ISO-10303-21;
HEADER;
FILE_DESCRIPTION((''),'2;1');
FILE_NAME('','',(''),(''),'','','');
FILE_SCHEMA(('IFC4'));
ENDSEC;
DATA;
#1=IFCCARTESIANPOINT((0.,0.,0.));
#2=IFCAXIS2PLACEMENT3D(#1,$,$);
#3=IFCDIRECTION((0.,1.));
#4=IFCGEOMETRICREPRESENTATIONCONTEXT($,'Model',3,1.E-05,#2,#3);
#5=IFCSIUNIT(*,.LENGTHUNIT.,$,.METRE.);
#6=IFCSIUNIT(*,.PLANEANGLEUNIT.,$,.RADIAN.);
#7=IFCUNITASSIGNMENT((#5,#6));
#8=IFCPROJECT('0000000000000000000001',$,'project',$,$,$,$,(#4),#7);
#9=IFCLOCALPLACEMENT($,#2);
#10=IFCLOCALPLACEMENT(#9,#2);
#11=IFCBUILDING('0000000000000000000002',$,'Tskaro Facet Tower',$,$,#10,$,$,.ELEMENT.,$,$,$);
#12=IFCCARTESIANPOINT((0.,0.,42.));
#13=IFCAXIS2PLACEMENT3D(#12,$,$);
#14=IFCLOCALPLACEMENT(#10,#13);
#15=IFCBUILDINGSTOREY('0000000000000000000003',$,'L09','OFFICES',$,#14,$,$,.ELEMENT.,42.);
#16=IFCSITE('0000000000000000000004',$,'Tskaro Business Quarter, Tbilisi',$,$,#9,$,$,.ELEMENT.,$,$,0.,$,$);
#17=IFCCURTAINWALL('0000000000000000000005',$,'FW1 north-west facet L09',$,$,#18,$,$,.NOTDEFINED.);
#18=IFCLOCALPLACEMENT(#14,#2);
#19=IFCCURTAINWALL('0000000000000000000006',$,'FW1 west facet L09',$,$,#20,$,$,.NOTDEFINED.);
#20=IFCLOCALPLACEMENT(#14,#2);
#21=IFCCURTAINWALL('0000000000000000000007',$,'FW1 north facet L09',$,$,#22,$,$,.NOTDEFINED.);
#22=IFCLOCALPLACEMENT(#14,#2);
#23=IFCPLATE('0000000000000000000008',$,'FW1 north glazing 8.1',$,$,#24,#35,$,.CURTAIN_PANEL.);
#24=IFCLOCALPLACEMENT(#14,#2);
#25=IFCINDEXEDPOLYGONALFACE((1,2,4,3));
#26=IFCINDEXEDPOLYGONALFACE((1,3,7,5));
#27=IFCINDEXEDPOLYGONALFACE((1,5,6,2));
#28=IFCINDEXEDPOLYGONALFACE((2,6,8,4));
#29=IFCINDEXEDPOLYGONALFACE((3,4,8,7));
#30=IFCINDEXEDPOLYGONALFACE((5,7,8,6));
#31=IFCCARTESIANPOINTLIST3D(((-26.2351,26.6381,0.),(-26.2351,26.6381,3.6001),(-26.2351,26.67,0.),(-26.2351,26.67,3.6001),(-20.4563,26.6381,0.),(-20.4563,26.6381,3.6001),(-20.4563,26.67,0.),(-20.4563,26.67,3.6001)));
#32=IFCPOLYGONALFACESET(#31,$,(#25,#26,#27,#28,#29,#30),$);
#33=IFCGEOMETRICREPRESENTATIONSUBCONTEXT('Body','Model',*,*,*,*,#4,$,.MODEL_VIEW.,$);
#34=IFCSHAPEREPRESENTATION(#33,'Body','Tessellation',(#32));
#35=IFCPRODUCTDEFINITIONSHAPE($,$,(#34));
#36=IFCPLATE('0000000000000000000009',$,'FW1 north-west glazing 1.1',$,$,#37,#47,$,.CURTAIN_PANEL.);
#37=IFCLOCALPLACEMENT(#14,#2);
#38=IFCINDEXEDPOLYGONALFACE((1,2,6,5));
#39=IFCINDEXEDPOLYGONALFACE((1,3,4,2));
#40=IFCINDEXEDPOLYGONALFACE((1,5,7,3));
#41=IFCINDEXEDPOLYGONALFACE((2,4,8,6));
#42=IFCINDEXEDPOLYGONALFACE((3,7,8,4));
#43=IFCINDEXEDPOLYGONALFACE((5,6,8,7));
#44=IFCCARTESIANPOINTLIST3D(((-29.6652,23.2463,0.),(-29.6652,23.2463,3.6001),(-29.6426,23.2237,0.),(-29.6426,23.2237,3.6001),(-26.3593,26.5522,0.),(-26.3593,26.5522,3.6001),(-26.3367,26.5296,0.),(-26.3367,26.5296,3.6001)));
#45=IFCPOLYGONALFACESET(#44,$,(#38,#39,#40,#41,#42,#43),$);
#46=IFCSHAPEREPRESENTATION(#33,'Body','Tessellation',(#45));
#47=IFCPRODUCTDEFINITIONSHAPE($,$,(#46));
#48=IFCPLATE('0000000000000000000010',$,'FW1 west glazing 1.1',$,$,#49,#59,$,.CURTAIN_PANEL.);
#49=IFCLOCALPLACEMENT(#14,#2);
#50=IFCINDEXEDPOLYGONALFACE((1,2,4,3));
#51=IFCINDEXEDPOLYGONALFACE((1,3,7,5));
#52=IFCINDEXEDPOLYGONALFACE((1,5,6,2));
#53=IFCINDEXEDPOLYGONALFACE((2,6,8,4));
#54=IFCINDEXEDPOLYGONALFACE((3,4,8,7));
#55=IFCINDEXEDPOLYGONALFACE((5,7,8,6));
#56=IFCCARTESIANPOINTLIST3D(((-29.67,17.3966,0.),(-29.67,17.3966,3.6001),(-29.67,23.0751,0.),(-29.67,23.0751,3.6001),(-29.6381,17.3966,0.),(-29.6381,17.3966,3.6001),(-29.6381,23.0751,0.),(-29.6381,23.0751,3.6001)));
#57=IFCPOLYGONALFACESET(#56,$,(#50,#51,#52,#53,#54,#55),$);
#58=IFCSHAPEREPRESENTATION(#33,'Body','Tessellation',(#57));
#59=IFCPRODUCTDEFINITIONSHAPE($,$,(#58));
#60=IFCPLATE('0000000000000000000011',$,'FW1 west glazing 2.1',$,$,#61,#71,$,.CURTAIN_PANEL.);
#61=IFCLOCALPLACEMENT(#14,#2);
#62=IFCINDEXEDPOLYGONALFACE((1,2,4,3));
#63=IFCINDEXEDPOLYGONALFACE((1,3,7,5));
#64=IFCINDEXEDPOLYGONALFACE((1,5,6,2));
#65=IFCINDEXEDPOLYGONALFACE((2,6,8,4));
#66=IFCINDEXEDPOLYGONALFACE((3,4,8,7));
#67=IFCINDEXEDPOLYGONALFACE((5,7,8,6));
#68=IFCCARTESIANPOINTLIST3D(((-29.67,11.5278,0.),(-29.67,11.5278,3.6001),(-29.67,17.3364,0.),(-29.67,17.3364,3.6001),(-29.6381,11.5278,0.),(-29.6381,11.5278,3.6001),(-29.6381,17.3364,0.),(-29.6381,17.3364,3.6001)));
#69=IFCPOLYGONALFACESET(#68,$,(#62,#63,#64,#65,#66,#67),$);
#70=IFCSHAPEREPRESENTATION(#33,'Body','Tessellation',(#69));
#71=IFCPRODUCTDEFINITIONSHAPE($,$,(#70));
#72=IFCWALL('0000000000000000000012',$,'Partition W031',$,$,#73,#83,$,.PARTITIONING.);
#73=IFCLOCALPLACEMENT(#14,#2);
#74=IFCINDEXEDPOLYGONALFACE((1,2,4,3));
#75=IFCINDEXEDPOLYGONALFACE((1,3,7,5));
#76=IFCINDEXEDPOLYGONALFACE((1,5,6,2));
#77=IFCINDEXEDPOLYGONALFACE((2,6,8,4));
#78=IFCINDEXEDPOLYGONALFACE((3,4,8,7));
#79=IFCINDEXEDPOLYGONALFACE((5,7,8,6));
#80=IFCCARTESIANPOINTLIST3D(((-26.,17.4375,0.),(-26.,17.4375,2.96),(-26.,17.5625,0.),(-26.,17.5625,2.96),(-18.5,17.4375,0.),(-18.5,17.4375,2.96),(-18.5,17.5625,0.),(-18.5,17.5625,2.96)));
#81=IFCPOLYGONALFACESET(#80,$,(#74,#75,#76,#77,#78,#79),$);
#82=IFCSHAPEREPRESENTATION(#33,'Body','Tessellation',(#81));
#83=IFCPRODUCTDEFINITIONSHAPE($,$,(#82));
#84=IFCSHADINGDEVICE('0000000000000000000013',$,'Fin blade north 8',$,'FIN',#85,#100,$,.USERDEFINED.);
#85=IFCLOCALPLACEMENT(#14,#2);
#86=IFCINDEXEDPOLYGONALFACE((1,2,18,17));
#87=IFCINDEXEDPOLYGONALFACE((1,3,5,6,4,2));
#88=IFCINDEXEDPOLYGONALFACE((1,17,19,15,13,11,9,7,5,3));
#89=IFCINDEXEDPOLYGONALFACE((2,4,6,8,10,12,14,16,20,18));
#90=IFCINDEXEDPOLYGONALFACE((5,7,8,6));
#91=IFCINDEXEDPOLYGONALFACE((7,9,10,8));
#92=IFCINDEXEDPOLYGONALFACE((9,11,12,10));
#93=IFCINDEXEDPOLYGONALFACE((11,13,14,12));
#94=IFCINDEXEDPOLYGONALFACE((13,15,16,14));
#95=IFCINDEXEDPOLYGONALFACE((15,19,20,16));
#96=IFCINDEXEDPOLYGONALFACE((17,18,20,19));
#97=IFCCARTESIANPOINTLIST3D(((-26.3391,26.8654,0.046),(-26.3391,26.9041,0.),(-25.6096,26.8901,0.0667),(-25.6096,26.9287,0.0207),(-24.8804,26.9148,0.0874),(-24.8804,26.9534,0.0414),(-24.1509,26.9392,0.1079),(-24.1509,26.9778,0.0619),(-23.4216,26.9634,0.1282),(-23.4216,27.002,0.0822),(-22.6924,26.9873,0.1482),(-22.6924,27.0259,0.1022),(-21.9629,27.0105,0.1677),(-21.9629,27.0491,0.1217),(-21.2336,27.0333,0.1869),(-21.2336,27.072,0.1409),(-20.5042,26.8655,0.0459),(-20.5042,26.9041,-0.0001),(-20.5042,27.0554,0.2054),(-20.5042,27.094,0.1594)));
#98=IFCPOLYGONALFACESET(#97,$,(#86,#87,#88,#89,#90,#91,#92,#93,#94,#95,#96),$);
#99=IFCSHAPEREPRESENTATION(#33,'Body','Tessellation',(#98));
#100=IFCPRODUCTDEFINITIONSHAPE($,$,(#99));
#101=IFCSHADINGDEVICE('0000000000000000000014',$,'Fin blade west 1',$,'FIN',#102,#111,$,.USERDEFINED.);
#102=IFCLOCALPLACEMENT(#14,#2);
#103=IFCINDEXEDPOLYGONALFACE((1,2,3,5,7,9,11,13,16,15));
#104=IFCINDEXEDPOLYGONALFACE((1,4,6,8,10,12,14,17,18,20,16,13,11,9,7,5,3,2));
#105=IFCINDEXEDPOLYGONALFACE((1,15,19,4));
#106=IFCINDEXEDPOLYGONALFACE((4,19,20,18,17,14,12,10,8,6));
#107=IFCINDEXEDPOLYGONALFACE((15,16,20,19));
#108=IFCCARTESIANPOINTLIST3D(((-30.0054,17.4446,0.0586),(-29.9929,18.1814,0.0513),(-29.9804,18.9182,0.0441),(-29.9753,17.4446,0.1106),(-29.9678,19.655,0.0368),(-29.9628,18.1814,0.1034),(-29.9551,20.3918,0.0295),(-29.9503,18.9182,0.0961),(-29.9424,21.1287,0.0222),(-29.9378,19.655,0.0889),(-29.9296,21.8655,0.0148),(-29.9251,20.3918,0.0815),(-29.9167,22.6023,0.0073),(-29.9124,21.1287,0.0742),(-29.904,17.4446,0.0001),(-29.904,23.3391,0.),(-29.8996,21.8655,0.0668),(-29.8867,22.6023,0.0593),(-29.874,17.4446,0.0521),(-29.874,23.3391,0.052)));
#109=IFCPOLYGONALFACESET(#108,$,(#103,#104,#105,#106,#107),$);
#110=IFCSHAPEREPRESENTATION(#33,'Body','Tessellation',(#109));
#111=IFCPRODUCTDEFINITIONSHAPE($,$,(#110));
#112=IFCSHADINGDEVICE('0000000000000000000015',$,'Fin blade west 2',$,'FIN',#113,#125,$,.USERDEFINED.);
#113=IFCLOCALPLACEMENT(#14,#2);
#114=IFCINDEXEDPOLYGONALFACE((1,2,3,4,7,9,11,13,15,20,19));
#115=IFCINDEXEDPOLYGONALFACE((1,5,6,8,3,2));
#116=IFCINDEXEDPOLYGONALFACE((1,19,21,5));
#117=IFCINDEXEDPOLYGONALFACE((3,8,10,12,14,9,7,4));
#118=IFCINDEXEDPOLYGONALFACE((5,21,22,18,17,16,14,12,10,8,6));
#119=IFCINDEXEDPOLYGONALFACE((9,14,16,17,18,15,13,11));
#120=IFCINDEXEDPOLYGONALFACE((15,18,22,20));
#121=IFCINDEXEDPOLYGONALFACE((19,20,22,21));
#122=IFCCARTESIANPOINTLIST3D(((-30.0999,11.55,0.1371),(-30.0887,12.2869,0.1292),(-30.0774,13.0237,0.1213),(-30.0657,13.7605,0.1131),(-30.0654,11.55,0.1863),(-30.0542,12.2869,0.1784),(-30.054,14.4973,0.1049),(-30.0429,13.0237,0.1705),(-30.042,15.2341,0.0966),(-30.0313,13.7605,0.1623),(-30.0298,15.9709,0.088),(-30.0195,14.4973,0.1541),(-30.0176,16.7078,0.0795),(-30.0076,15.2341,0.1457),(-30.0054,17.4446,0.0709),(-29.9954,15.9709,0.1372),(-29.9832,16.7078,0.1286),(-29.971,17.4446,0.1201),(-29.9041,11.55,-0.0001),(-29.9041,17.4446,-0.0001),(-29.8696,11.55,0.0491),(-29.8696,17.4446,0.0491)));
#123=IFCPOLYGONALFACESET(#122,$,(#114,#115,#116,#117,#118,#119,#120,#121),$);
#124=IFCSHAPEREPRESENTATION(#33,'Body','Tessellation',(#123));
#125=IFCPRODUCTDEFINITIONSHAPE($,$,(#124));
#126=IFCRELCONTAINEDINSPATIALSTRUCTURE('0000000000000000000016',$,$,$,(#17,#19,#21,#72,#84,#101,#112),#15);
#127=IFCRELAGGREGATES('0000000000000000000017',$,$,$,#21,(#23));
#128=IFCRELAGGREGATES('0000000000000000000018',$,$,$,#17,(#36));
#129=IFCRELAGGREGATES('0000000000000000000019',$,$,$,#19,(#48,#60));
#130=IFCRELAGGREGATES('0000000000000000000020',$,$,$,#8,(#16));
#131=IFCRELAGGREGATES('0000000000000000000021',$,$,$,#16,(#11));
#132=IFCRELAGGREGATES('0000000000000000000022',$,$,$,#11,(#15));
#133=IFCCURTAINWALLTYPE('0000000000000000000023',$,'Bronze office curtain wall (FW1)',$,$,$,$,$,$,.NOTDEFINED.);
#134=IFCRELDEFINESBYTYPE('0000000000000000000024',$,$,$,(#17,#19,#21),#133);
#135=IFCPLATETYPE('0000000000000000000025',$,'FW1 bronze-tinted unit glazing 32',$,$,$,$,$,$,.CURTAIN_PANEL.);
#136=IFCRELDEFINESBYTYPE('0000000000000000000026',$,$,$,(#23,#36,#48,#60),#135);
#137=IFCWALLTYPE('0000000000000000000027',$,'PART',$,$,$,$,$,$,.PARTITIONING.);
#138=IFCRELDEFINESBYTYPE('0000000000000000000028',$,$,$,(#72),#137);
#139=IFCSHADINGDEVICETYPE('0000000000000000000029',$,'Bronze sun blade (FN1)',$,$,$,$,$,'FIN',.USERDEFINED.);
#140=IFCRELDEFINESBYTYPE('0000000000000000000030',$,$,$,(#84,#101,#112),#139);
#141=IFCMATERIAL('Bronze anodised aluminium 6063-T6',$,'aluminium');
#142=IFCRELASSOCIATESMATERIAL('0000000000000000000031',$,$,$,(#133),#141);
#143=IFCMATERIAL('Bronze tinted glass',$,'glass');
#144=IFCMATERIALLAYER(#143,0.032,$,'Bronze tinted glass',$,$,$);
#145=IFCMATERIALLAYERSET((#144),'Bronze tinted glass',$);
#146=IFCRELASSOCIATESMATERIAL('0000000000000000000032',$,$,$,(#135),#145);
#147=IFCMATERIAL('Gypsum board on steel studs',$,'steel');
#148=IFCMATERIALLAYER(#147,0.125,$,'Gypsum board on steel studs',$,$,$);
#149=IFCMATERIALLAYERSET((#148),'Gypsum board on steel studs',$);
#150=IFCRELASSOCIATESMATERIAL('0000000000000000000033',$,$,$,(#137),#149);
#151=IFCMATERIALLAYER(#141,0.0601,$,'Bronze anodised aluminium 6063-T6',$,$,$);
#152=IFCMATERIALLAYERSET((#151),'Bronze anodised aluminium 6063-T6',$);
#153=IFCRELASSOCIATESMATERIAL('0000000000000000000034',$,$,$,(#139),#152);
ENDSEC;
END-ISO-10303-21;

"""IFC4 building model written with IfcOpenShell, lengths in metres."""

from ifc_helpers import new_model, si_unit, direction, frame, frame_2d, origin, origin_2d, place, context, subcontext, project, spatial, polyline, rectangle, outline, extrude, material, layer, layer_set, type_object, element, aggregate, save


model = new_model("IFC4")

# Units and contexts
model_context = context("Model", 3, precision=1e-05, world=origin(), true_north=direction((0.0, 1.0)))
body_context = subcontext(model_context, "Body", "Model", "MODEL_VIEW")
ifc_project = project(units=[si_unit("LENGTHUNIT", "METRE"), si_unit("PLANEANGLEUNIT", "RADIAN")], contexts=[model_context])

# Site, building, storey
site_placement = place(None, origin())
site = spatial("IfcSite", under=ifc_project, at=site_placement, Name="Tskaro Business Quarter, Tbilisi", CompositionType="ELEMENT", RefElevation=0.0)
building_placement = place(site_placement, origin())
building = spatial("IfcBuilding", under=site, at=building_placement, Name="Tskaro Facet Tower", CompositionType="ELEMENT")
storey_placement = place(building_placement, frame((0.0, 0.0, 42.0)))
storey = spatial("IfcBuildingStorey", under=building, at=storey_placement, Name="L09", Description="OFFICES", CompositionType="ELEMENT", Elevation=42.0)

# Curtain walls
ifc_material_1 = material(Name="Bronze anodised aluminium 6063-T6", Category="aluminium")
curtain_wall_type = type_object("IfcCurtainWallType", Name="Bronze office curtain wall (FW1)", PredefinedType="NOTDEFINED", material=ifc_material_1)
curtain_wall_1_placement = place(storey_placement, origin())
curtain_wall_1 = element("IfcCurtainWall", 1, at=curtain_wall_1_placement, inside=storey, type_object=curtain_wall_type, Name="FW1 north-west facet L09", PredefinedType="NOTDEFINED")
curtain_wall_2_placement = place(storey_placement, origin())
curtain_wall_2 = element("IfcCurtainWall", 2, at=curtain_wall_2_placement, inside=storey, type_object=curtain_wall_type, Name="FW1 west facet L09", PredefinedType="NOTDEFINED")
curtain_wall_3_placement = place(storey_placement, origin())
curtain_wall_3 = element("IfcCurtainWall", 3, at=curtain_wall_3_placement, inside=storey, type_object=curtain_wall_type, Name="FW1 north facet L09", PredefinedType="NOTDEFINED")

# Plates
ifc_material_2 = material(Name="Bronze tinted glass", Category="glass")
ifc_layer_1 = layer(ifc_material_2, 0.032, Name="Bronze tinted glass")
ifc_layer_set_1 = layer_set([ifc_layer_1], Name="Bronze tinted glass")
plate_type = type_object("IfcPlateType", Name="FW1 bronze-tinted unit glazing 32", PredefinedType="CURTAIN_PANEL", material=ifc_layer_set_1)
plate_1_placement = place(storey_placement, frame((-23.3457, 26.6541, 0.0), z_axis=(0.0, 0.0, 1.0), x_axis=(-1.0, 0.0, 0.0)))
plate_1 = element("IfcPlate", 4, at=plate_1_placement, type_object=plate_type, Name="FW1 north glazing 8.1", PredefinedType="CURTAIN_PANEL", context=body_context, shape_type="SweptSolid", body=[
    extrude(rectangle(XDim=5.7788, YDim=0.032, at=origin_2d()), origin(), (0.0, 0.0, 1.0), 3.6001),
])
aggregate(curtain_wall_3, [plate_1])
plate_2_placement = place(storey_placement, frame((-28.001, 24.8879, 0.0), z_axis=(0.0, 0.0, 1.0), x_axis=(-0.707107, -0.707107, 0.0)))
plate_2 = element("IfcPlate", 5, at=plate_2_placement, type_object=plate_type, Name="FW1 north-west glazing 1.1", PredefinedType="CURTAIN_PANEL", context=body_context, shape_type="SweptSolid", body=[
    extrude(rectangle(XDim=4.6753, YDim=0.032, at=origin_2d()), origin(), (0.0, 0.0, 1.0), 3.6001),
])
aggregate(curtain_wall_1, [plate_2])
plate_3_placement = place(storey_placement, frame((-29.6541, 20.2358, 0.0), z_axis=(0.0, 0.0, 1.0), x_axis=(0.0, -1.0, 0.0)))
plate_3 = element("IfcPlate", 6, at=plate_3_placement, type_object=plate_type, Name="FW1 west glazing 1.1", PredefinedType="CURTAIN_PANEL", context=body_context, shape_type="SweptSolid", body=[
    extrude(rectangle(XDim=5.6785, YDim=0.032, at=origin_2d()), origin(), (0.0, 0.0, 1.0), 3.6001),
])
plate_4_placement = place(storey_placement, frame((-29.6541, 14.4321, 0.0), z_axis=(0.0, 0.0, 1.0), x_axis=(0.0, -1.0, 0.0)))
plate_4 = element("IfcPlate", 7, at=plate_4_placement, type_object=plate_type, Name="FW1 west glazing 2.1", PredefinedType="CURTAIN_PANEL", context=body_context, shape_type="SweptSolid", body=[
    extrude(rectangle(XDim=5.8086, YDim=0.032, at=origin_2d()), origin(), (0.0, 0.0, 1.0), 3.6001),
])
aggregate(curtain_wall_2, [plate_3, plate_4])

# Wall
ifc_material_3 = material(Name="Gypsum board on steel studs", Category="steel")
ifc_layer_2 = layer(ifc_material_3, 0.125, Name="Gypsum board on steel studs")
ifc_layer_set_2 = layer_set([ifc_layer_2], Name="Gypsum board on steel studs")
wall_type = type_object("IfcWallType", Name="PART", PredefinedType="PARTITIONING", material=ifc_layer_set_2)
wall_placement = place(storey_placement, frame((-26.0, 17.5, 0.0), z_axis=(0.0, 0.0, 1.0), x_axis=(1.0, 0.0, 0.0)))
element("IfcWall", 8, at=wall_placement, inside=storey, type_object=wall_type, Name="Partition W031", PredefinedType="PARTITIONING", context=body_context, shape_type="SweptSolid", body=[
    extrude(rectangle(XDim=7.5, YDim=0.125, at=frame_2d((3.75, 0.0))), origin(), (0.0, 0.0, 1.0), 2.96),
])

# Shading devices
ifc_layer_3 = layer(ifc_material_1, 0.0601, Name="Bronze anodised aluminium 6063-T6")
ifc_layer_set_3 = layer_set([ifc_layer_3], Name="Bronze anodised aluminium 6063-T6")
shading_device_type = type_object("IfcShadingDeviceType", Name="Bronze sun blade (FN1)", ElementType="FIN", PredefinedType="USERDEFINED", material=ifc_layer_set_3)
shading_device_1_placement = place(storey_placement, frame((-20.5042, 26.8655, 0.0459), z_axis=(0.000014, -0.643144, 0.765745), x_axis=(-1.0, -0.000009, 0.000011)))
element("IfcShadingDevice", 9, at=shading_device_1_placement, inside=storey, type_object=shading_device_type, Name="Fin blade north 8", ObjectType="FIN", PredefinedType="USERDEFINED", context=body_context, shape_type="SweptSolid", body=[
    extrude(outline(polyline([(0.0, 0.0), (5.835, 0.0), (5.1055, -0.0322), (4.3762, -0.0645), (3.6467, -0.0963), (2.9175, -0.1279), (2.1882, -0.1591), (1.4587, -0.1894), (0.7295, -0.2192), (0.0, -0.248), (0.0, 0.0)])), origin(), (0.0, 0.0, -1.0), 0.0601),
])
shading_device_2_placement = place(storey_placement, frame((-29.874, 23.3391, 0.052), z_axis=(0.49988, 0.000017, 0.866095), x_axis=(0.000009, -1.0, 0.000015)))
element("IfcShadingDevice", 10, at=shading_device_2_placement, inside=storey, type_object=shading_device_type, Name="Fin blade west 1", ObjectType="FIN", PredefinedType="USERDEFINED", context=body_context, shape_type="SweptSolid", body=[
    extrude(outline(polyline([(0.0, 0.0), (5.8945, 0.0), (5.8945, -0.117), (5.1577, -0.1026), (4.4209, -0.0882), (3.6841, -0.0736), (2.9473, -0.059), (2.2104, -0.0443), (1.4736, -0.0295), (0.7368, -0.0147), (0.0, 0.0)])), origin(), (0.0, 0.0, -1.0), 0.0601),
])
shading_device_3_placement = place(storey_placement, frame((-29.8696, 17.4446, 0.0491), z_axis=(0.573872, -0.000002, 0.818945), x_axis=(-0.000001, -1.0, -0.000002)))
element("IfcShadingDevice", 11, at=shading_device_3_placement, inside=storey, type_object=shading_device_type, Name="Fin blade west 2", ObjectType="FIN", PredefinedType="USERDEFINED", context=body_context, shape_type="SweptSolid", body=[
    extrude(outline(polyline([(0.0, 0.0), (5.8945, 0.0), (5.8945, -0.2391), (5.1577, -0.2254), (4.4209, -0.2116), (3.6841, -0.1974), (2.9473, -0.183), (2.2104, -0.1684), (1.4736, -0.1535), (0.7368, -0.1386), (0.0, -0.1237), (0.0, 0.0)])), origin(), (0.0, 0.0, -1.0), 0.0601),
])

save(model, "model.ifc")
